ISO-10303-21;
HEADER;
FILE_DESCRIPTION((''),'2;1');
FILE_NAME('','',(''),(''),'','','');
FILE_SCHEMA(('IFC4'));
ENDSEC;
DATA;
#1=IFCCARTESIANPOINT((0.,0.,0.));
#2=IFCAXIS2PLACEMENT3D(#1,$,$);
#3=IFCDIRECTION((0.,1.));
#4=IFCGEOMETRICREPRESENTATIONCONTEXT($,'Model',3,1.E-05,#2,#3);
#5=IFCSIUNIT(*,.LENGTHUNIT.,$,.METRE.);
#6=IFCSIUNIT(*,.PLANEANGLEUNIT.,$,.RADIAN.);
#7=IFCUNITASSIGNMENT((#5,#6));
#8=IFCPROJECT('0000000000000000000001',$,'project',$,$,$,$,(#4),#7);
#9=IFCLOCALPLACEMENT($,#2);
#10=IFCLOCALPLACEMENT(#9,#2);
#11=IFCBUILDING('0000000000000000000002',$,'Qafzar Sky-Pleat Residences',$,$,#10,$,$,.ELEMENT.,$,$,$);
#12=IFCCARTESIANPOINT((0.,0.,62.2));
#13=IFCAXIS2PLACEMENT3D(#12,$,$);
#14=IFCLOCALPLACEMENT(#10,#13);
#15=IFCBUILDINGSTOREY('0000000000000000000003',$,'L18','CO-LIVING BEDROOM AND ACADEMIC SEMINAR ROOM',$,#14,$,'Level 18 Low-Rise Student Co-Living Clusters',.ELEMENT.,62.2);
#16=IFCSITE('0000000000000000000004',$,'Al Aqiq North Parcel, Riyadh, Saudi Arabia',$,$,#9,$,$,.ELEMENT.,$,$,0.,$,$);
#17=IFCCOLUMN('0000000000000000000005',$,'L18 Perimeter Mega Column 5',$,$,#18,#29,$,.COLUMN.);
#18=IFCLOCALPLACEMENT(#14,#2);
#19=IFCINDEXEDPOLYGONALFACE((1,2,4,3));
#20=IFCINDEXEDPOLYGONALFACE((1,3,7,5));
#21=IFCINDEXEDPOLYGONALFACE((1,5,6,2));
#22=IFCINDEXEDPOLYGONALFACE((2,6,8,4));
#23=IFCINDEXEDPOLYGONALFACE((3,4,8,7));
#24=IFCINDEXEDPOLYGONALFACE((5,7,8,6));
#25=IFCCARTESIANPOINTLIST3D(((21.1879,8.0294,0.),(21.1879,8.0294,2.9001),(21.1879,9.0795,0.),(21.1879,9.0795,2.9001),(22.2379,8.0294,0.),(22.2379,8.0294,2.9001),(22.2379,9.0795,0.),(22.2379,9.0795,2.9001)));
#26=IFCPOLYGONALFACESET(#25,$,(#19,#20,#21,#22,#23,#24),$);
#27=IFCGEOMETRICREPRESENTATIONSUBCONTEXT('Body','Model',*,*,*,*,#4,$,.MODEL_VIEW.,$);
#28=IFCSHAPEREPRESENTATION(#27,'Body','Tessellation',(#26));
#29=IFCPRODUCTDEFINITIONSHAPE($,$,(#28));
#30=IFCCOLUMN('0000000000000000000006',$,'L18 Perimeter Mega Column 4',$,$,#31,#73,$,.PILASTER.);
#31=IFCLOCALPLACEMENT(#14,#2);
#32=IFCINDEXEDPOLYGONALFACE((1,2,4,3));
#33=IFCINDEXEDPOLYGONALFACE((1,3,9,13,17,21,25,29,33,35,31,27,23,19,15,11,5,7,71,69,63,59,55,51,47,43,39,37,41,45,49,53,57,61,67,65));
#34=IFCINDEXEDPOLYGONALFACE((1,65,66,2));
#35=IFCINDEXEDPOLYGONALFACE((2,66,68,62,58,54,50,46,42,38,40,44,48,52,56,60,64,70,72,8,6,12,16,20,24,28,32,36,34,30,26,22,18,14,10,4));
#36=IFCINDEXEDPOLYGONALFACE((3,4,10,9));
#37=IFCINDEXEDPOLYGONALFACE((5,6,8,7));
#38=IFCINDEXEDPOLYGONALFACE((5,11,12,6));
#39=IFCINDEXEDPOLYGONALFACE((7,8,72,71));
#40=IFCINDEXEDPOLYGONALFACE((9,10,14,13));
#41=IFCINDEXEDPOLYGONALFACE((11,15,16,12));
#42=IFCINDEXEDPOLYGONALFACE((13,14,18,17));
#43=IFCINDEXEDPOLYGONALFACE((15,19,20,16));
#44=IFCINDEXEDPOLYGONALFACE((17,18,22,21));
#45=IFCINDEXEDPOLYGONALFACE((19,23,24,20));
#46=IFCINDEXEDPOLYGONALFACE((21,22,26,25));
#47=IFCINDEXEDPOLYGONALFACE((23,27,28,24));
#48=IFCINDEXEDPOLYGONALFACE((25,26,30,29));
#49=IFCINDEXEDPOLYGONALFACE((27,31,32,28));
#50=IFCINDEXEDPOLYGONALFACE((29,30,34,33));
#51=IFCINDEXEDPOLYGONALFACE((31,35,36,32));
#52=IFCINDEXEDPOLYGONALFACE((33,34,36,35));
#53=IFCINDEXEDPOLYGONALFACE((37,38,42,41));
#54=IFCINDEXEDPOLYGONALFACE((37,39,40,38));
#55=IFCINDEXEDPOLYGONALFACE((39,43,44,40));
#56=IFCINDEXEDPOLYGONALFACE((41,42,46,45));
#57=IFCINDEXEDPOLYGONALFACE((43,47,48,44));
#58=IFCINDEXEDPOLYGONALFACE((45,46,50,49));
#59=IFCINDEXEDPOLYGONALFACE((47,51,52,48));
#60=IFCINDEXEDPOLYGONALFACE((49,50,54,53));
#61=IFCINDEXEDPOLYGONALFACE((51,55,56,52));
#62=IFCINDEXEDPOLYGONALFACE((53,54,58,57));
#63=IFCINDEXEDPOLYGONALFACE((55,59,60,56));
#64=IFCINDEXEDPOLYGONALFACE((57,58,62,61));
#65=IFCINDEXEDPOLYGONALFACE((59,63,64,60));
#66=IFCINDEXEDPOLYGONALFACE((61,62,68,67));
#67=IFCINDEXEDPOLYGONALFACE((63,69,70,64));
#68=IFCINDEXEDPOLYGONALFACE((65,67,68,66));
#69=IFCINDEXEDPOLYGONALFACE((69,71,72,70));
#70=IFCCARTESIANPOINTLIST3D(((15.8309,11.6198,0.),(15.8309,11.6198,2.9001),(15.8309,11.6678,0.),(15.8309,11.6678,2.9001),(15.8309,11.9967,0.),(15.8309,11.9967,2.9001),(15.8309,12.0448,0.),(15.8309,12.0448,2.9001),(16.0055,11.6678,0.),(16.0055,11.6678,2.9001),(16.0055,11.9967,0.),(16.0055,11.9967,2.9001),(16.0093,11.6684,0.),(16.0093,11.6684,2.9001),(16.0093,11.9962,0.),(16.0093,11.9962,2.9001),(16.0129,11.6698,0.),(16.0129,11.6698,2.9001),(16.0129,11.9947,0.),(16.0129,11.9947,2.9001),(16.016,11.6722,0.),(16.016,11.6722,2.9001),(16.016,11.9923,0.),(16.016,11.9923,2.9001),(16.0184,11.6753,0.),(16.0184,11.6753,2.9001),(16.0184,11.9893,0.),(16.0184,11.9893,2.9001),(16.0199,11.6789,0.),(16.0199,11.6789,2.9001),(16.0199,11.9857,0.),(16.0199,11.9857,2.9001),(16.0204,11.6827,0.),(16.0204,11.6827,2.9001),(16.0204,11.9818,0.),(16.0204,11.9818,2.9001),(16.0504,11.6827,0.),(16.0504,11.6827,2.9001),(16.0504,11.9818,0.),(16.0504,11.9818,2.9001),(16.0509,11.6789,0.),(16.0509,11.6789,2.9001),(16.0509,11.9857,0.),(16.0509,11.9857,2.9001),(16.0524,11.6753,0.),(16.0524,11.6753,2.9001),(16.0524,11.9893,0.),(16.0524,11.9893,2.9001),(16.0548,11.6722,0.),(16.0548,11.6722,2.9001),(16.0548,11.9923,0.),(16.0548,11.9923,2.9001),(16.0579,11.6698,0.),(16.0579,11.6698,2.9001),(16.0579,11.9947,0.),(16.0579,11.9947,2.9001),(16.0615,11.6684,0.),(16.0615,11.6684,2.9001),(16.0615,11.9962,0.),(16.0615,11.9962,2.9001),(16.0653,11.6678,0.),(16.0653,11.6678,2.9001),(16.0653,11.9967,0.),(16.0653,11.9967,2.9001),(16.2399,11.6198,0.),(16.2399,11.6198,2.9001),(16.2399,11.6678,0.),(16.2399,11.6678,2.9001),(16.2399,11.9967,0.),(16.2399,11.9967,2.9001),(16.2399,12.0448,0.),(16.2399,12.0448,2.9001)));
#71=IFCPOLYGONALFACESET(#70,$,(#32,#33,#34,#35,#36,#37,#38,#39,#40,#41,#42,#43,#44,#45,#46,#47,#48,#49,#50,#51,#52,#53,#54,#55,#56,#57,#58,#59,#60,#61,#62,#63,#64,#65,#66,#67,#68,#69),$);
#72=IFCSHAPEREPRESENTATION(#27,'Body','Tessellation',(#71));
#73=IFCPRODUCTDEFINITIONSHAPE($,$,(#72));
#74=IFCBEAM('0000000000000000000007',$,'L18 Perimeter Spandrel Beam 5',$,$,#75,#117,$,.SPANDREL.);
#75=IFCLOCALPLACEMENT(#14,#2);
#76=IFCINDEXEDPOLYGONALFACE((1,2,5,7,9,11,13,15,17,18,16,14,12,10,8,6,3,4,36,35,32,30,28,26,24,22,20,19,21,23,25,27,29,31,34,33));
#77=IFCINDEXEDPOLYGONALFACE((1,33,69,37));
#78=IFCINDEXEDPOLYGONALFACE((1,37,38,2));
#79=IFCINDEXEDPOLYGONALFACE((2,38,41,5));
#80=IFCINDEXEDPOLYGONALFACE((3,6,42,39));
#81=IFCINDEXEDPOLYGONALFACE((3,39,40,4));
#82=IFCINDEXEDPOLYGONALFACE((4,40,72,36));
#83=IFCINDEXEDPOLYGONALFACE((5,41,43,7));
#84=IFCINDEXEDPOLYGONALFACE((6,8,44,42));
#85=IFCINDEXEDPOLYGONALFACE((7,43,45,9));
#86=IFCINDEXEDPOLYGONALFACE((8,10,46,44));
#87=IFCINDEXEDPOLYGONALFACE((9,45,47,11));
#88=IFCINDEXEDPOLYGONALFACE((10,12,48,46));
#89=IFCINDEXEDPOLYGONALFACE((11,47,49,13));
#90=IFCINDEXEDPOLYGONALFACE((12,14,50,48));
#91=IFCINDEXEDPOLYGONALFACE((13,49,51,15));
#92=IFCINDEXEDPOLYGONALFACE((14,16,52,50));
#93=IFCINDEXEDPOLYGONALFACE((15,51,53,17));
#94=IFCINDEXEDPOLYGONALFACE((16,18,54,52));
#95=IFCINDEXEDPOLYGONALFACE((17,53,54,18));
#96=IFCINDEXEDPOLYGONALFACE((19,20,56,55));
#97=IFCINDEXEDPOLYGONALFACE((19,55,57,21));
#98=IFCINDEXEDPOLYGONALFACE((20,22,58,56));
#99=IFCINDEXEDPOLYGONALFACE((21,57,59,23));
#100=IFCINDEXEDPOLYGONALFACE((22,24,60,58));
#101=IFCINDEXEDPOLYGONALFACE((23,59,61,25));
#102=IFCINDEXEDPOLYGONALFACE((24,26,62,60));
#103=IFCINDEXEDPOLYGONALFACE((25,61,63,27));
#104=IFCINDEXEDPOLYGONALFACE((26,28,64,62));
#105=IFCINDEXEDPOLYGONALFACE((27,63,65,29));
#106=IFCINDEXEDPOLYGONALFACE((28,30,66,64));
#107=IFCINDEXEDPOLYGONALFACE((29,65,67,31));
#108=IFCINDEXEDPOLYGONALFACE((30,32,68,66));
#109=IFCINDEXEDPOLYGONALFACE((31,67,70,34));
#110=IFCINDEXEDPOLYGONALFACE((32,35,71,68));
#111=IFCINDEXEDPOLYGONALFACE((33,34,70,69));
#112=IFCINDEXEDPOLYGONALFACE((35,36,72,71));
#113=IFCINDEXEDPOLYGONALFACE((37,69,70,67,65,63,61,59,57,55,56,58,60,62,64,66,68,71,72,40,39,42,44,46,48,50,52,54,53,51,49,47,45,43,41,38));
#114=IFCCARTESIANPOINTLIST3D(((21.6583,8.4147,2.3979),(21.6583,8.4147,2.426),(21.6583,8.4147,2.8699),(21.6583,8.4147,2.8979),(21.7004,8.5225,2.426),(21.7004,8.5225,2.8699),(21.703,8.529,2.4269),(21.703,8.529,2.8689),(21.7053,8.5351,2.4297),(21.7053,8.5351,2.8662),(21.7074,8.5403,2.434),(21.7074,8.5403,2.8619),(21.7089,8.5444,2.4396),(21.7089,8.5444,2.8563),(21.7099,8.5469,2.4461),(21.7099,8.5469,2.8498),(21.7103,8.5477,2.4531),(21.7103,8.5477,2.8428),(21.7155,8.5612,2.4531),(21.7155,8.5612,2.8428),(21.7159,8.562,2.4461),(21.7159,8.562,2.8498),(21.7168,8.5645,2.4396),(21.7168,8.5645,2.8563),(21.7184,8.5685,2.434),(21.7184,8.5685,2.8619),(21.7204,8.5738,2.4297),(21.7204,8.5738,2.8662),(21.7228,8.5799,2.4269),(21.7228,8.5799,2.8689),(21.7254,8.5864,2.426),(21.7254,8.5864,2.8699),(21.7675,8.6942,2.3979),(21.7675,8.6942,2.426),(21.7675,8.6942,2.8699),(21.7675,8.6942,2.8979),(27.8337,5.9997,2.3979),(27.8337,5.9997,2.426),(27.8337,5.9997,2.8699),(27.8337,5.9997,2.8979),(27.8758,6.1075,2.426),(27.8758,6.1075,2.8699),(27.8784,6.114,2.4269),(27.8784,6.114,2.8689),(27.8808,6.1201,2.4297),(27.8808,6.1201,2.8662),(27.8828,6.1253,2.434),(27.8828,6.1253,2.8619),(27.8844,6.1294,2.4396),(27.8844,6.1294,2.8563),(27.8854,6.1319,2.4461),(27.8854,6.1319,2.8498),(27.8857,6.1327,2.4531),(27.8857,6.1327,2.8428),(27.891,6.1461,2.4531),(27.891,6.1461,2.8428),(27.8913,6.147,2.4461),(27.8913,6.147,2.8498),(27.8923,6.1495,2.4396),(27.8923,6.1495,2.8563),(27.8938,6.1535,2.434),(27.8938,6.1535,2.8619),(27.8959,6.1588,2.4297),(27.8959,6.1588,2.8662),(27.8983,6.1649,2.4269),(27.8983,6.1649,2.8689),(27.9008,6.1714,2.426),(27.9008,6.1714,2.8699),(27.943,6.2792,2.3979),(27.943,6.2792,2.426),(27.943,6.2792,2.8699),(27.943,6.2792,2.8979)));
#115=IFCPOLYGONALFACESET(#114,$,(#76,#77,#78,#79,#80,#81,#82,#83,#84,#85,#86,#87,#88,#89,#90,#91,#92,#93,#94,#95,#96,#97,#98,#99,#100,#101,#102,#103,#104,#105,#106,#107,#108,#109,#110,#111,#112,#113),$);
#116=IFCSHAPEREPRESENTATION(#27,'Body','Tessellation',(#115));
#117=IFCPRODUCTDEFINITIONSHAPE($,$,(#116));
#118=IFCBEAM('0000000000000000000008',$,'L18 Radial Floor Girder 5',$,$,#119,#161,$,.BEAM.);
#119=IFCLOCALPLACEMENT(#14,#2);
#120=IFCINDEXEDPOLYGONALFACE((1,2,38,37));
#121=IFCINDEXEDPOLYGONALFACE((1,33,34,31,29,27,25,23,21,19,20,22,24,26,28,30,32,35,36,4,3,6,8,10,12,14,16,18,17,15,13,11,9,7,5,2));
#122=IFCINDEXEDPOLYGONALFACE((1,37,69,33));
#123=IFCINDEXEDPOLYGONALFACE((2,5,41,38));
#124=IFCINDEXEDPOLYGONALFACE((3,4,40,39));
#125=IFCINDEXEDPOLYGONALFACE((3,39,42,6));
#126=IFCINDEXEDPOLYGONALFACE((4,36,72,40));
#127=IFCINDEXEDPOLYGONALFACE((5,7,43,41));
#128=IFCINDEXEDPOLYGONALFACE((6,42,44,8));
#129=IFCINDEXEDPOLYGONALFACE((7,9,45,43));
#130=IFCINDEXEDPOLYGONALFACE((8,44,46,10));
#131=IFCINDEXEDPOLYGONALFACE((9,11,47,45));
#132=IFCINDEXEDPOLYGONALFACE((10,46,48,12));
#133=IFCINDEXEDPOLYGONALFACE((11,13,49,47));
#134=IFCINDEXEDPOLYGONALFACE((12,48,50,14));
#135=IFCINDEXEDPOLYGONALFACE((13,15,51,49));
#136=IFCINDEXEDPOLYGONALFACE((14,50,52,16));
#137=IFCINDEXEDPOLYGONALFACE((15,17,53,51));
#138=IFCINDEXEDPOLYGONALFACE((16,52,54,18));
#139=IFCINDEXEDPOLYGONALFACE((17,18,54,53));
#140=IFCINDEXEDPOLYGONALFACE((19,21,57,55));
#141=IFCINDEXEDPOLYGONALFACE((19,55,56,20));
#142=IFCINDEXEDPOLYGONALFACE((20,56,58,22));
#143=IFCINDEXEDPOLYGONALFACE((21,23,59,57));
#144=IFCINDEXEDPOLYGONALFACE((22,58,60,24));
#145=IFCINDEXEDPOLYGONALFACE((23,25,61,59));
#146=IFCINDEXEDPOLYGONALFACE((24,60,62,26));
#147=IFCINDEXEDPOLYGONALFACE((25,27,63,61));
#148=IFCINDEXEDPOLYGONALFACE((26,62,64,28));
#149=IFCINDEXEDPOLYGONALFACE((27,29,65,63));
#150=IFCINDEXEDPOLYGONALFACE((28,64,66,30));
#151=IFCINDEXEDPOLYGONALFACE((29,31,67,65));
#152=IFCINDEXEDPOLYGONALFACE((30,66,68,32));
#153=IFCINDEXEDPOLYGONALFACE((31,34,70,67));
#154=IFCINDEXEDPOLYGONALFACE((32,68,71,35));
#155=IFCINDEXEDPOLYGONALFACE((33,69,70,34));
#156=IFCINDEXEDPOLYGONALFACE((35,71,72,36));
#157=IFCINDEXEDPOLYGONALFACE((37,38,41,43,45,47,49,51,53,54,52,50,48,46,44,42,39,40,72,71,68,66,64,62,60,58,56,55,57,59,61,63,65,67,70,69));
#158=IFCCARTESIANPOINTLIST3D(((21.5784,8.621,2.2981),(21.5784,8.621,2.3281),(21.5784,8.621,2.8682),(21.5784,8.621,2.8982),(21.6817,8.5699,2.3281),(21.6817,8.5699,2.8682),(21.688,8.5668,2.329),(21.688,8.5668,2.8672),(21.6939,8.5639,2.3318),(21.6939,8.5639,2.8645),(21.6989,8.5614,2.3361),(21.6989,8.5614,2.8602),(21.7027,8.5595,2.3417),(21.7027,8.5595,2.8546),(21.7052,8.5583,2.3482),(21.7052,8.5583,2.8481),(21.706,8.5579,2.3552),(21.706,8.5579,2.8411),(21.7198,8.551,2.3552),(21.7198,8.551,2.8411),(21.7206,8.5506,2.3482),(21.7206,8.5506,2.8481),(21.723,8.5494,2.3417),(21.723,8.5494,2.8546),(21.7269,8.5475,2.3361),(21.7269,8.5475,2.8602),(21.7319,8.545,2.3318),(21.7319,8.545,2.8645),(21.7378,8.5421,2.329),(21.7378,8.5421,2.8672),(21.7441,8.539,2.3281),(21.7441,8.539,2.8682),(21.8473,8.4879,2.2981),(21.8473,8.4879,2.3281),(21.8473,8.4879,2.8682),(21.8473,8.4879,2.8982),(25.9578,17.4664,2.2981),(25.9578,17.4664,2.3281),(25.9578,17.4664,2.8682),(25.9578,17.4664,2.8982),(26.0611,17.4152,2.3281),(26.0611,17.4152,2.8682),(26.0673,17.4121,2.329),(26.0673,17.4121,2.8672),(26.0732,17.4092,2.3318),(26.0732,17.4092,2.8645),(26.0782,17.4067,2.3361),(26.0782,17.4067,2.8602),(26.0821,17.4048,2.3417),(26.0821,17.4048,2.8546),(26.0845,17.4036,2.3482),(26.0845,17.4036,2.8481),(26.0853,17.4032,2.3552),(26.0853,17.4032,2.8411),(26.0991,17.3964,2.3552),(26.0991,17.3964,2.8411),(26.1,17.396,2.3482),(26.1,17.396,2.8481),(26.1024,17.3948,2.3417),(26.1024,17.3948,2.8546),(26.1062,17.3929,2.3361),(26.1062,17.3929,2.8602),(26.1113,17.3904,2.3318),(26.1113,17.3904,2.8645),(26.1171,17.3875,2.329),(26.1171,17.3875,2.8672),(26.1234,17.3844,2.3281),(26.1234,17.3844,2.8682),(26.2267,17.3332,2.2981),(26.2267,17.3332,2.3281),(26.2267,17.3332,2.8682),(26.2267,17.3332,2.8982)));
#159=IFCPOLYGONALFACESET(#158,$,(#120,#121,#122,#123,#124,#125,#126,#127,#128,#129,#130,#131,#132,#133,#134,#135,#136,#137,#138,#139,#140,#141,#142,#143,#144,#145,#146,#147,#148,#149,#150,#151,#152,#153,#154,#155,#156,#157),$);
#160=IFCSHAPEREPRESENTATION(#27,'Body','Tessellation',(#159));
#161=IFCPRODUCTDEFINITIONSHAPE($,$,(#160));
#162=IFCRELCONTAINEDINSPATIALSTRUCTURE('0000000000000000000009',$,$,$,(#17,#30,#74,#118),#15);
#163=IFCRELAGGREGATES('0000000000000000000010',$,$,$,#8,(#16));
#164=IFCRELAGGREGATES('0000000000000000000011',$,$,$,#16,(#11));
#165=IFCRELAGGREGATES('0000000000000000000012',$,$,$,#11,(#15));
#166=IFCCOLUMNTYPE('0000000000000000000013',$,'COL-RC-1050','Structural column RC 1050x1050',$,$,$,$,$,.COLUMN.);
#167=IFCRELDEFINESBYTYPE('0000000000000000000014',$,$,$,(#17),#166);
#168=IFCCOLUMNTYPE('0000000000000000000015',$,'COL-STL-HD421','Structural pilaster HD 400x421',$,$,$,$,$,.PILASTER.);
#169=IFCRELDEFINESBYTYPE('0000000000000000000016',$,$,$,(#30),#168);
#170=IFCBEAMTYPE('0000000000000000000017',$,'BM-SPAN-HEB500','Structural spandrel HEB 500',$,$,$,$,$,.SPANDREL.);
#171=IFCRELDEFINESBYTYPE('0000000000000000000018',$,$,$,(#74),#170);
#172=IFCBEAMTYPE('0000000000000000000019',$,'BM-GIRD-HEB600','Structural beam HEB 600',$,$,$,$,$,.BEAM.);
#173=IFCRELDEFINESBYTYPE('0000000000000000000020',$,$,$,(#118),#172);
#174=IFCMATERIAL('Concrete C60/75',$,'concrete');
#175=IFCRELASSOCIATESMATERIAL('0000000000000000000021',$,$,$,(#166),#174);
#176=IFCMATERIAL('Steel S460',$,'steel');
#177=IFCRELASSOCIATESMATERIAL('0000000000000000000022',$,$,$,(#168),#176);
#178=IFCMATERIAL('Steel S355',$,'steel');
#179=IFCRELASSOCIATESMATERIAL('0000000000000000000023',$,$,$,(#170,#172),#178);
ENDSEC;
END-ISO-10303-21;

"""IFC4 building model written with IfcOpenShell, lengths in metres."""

from ifc_helpers import new_model, si_unit, direction, frame, origin, origin_2d, place, context, subcontext, project, spatial, rectangle, i_section, extrude, source, transform, mapped, material, material_profile, profile_set, type_object, element, save


model = new_model("IFC4")

# Units and contexts
model_context = context("Model", 3, precision=1e-05, world=origin(), true_north=direction((0.0, 1.0)))
body_context = subcontext(model_context, "Body", "Model", "MODEL_VIEW")
ifc_project = project(units=[si_unit("LENGTHUNIT", "METRE"), si_unit("PLANEANGLEUNIT", "RADIAN")], contexts=[model_context])

# Site, building, storey
site_placement = place(None, origin())
site = spatial("IfcSite", under=ifc_project, at=site_placement, Name="Al Aqiq North Parcel, Riyadh, Saudi Arabia", CompositionType="ELEMENT", RefElevation=0.0)
building_placement = place(site_placement, origin())
building = spatial("IfcBuilding", under=site, at=building_placement, Name="Qafzar Sky-Pleat Residences", CompositionType="ELEMENT")
storey_placement = place(building_placement, frame((0.0, 0.0, 62.2)))
storey = spatial("IfcBuildingStorey", under=building, at=storey_placement, Name="L18", Description="CO-LIVING BEDROOM AND ACADEMIC SEMINAR ROOM", LongName="Level 18 Low-Rise Student Co-Living Clusters", CompositionType="ELEMENT", Elevation=62.2)

# Columns
ifc_material_1 = material(Name="Concrete C60/75", Category="concrete")
ifc_material_profile_1 = material_profile(ifc_material_1, rectangle(XDim=1.05, YDim=1.05, at=origin_2d()), Name="RC 1050x1050")
ifc_profile_set_1 = profile_set([ifc_material_profile_1], Name="Concrete C60/75")
column_type_1 = type_object("IfcColumnType", Name="COL-RC-1050", Description="Structural column RC 1050x1050", PredefinedType="COLUMN", material=ifc_profile_set_1)
shared_shape_1 = source(origin(), body_context, "Body", "SweptSolid", [
    extrude(rectangle(XDim=1.05, YDim=1.05, at=origin_2d()), origin(), (0.0, 0.0, 1.0), 2.9001),
])
column_1_placement = place(storey_placement, frame((21.7129, 8.5544, 0.0), z_axis=(0.0, 0.0, 1.0), x_axis=(1.0, 0.0, 0.0)))
element("IfcColumn", 1, at=column_1_placement, inside=storey, type_object=column_type_1, Name="L18 Perimeter Mega Column 5", PredefinedType="COLUMN", context=body_context, shape_type="MappedRepresentation", body=[
    mapped(shared_shape_1, transform((0.0, 0.0, 0.0), x_axis=(1.0, 0.0, 0.0), y_axis=(0.0, 1.0, 0.0), z_axis=(0.0, 0.0, 1.0), scale=1.0)),
])
ifc_material_2 = material(Name="Steel S460", Category="steel")
ifc_material_profile_2 = material_profile(ifc_material_2, i_section(OverallWidth=0.4089, OverallDepth=0.425, WebThickness=0.03, FlangeThickness=0.0481, FilletRadius=0.0149, at=origin_2d()), Name="HD 400x421")
ifc_profile_set_2 = profile_set([ifc_material_profile_2], Name="Steel S460")
column_type_2 = type_object("IfcColumnType", Name="COL-STL-HD421", Description="Structural pilaster HD 400x421", PredefinedType="PILASTER", material=ifc_profile_set_2)
shared_shape_2 = source(origin(), body_context, "Body", "SweptSolid", [
    extrude(i_section(OverallWidth=0.4089, OverallDepth=0.425, WebThickness=0.03, FlangeThickness=0.0481, FilletRadius=0.0149, at=origin_2d()), origin(), (0.0, 0.0, 1.0), 2.9001),
])
column_2_placement = place(storey_placement, frame((16.0354, 11.8323, 0.0), z_axis=(0.0, 0.0, 1.0), x_axis=(1.0, 0.0, 0.0)))
element("IfcColumn", 2, at=column_2_placement, inside=storey, type_object=column_type_2, Name="L18 Perimeter Mega Column 4", PredefinedType="PILASTER", context=body_context, shape_type="MappedRepresentation", body=[
    mapped(shared_shape_2, transform((0.0, 0.0, 0.0), x_axis=(1.0, 0.0, 0.0), y_axis=(0.0, 1.0, 0.0), z_axis=(0.0, 0.0, 1.0), scale=1.0)),
])

# Beams
ifc_material_3 = material(Name="Steel S355", Category="steel")
ifc_material_profile_3 = material_profile(ifc_material_3, i_section(OverallWidth=0.3, OverallDepth=0.5, WebThickness=0.0144, FlangeThickness=0.0281, FilletRadius=0.0271, at=origin_2d()), Name="HEB 500")
ifc_profile_set_3 = profile_set([ifc_material_profile_3], Name="Steel S355")
beam_type_1 = type_object("IfcBeamType", Name="BM-SPAN-HEB500", Description="Structural spandrel HEB 500", PredefinedType="SPANDREL", material=ifc_profile_set_3)
shared_shape_3 = source(origin(), body_context, "Body", "SweptSolid", [
    extrude(i_section(OverallWidth=0.3, OverallDepth=0.5, WebThickness=0.0144, FlangeThickness=0.0281, FilletRadius=0.0271, at=origin_2d()), origin(), (0.0, 0.0, 1.0), 6.6309),
])
beam_1_placement = place(storey_placement, frame((21.7129, 8.5544, 2.6479), z_axis=(0.931318, -0.364206, 0.0), x_axis=(0.364206, 0.931318, 0.0)))
element("IfcBeam", 3, at=beam_1_placement, inside=storey, type_object=beam_type_1, Name="L18 Perimeter Spandrel Beam 5", PredefinedType="SPANDREL", context=body_context, shape_type="MappedRepresentation", body=[
    mapped(shared_shape_3, transform((0.0, 0.0, 0.0), x_axis=(1.0, 0.0, 0.0), y_axis=(0.0, 1.0, 0.0), z_axis=(0.0, 0.0, 1.0), scale=1.0)),
])
ifc_material_profile_4 = material_profile(ifc_material_3, i_section(OverallWidth=0.3, OverallDepth=0.6001, WebThickness=0.0154, FlangeThickness=0.03, FilletRadius=0.0271, at=origin_2d()), Name="HEB 600")
ifc_profile_set_4 = profile_set([ifc_material_profile_4], Name="Steel S355")
beam_type_2 = type_object("IfcBeamType", Name="BM-GIRD-HEB600", Description="Structural beam HEB 600", PredefinedType="BEAM", material=ifc_profile_set_4)
shared_shape_4 = source(origin(), body_context, "Body", "SweptSolid", [
    extrude(i_section(OverallWidth=0.3, OverallDepth=0.6001, WebThickness=0.0154, FlangeThickness=0.03, FilletRadius=0.0271, at=origin_2d()), origin(), (0.0, 0.0, 1.0), 9.8701),
])
beam_2_placement = place(storey_placement, frame((21.7129, 8.5544, 2.5981), z_axis=(0.443698, 0.896176, 0.0), x_axis=(-0.896176, 0.443698, 0.0)))
element("IfcBeam", 4, at=beam_2_placement, inside=storey, type_object=beam_type_2, Name="L18 Radial Floor Girder 5", PredefinedType="BEAM", context=body_context, shape_type="MappedRepresentation", body=[
    mapped(shared_shape_4, transform((0.0, 0.0, 0.0), x_axis=(1.0, 0.0, 0.0), y_axis=(0.0, 1.0, 0.0), z_axis=(0.0, 0.0, 1.0), scale=1.0)),
])

save(model, "model.ifc")
